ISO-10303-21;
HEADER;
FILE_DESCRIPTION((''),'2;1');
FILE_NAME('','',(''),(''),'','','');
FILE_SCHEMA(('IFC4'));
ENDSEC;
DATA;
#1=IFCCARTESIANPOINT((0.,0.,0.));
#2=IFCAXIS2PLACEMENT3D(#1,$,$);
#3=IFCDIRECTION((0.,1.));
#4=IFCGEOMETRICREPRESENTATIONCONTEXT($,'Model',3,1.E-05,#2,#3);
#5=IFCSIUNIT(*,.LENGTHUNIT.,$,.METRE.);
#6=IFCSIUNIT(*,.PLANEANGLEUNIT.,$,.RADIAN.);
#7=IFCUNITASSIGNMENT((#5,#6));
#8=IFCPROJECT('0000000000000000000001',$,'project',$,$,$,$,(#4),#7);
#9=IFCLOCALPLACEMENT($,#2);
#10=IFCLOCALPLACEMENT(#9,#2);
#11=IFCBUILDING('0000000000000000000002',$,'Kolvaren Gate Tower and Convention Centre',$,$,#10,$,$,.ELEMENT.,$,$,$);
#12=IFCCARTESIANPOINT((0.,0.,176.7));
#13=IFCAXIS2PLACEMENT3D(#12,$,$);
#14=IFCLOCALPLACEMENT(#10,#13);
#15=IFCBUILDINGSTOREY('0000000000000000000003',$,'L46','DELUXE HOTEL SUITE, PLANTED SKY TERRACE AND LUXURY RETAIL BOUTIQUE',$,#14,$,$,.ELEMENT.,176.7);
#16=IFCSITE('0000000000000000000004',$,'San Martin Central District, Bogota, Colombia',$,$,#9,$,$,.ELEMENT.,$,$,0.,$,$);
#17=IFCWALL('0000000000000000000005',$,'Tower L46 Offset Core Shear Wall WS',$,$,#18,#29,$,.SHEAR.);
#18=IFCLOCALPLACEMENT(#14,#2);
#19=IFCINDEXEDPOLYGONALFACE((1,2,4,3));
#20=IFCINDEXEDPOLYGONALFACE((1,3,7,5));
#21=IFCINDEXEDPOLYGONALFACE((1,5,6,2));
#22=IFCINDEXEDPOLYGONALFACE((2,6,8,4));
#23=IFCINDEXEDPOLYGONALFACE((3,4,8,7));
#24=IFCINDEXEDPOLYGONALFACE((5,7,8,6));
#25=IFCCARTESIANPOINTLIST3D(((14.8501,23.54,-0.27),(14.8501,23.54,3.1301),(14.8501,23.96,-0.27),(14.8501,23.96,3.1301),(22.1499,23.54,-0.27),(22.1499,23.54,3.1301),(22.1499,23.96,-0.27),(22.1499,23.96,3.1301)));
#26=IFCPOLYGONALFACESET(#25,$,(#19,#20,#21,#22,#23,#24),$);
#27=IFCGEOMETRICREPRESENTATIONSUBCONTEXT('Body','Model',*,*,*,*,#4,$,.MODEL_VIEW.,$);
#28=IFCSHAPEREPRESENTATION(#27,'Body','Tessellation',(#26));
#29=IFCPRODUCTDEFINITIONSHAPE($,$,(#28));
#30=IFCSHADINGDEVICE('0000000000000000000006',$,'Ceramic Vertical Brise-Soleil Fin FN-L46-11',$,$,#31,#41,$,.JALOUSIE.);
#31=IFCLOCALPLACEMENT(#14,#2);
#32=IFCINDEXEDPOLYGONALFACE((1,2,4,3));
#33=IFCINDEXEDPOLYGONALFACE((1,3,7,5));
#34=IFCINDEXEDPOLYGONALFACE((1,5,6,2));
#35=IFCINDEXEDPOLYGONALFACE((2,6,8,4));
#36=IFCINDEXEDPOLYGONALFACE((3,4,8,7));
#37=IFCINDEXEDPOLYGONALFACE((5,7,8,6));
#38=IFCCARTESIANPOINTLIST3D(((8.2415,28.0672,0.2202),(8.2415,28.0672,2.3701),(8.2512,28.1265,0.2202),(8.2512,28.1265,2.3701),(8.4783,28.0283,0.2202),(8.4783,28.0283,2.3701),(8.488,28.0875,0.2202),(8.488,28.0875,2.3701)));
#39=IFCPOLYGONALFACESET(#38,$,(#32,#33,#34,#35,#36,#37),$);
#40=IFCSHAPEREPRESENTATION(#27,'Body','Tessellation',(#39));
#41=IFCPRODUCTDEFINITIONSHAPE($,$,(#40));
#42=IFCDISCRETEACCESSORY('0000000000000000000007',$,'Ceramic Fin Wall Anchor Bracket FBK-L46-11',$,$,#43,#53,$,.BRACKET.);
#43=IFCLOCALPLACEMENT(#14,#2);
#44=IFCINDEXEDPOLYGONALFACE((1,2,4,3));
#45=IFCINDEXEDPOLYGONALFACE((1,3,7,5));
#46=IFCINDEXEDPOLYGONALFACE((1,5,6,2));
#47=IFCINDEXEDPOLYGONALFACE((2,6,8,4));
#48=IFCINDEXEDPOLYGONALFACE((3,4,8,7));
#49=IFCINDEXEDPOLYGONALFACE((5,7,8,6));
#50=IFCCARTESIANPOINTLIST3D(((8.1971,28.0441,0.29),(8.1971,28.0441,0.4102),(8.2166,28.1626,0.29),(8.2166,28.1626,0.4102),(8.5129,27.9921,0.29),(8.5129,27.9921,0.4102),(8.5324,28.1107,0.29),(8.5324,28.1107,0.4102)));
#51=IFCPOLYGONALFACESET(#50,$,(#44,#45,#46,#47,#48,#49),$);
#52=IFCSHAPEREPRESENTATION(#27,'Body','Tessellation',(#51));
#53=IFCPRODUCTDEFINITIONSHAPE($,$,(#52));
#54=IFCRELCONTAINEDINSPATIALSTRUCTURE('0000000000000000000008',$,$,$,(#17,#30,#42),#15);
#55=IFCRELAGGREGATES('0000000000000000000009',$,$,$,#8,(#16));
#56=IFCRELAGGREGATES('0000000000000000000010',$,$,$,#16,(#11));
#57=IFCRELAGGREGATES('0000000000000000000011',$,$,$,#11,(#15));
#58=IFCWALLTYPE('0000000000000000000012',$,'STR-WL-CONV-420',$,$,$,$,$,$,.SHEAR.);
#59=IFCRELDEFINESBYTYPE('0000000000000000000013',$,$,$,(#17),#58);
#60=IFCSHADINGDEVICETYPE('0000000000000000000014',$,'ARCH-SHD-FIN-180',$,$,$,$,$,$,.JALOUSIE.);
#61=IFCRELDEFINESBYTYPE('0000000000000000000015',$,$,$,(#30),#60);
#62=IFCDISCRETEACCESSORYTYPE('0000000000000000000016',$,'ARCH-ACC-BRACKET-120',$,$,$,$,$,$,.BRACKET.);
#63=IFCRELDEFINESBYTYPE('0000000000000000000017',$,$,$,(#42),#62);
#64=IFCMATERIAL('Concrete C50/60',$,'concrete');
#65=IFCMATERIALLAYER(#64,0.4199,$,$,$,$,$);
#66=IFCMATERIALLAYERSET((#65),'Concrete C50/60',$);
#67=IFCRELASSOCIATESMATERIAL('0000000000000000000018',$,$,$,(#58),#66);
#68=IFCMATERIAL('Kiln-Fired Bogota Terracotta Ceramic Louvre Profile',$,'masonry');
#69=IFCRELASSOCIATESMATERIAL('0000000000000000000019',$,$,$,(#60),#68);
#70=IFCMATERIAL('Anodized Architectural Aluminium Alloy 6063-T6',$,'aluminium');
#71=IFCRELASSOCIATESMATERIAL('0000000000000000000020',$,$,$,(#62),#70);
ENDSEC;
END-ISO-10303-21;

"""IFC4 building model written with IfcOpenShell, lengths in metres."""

from ifc_helpers import new_model, si_unit, direction, frame, frame_2d, origin, origin_2d, place, context, subcontext, project, spatial, rectangle, extrude, material, layer, layer_set, type_object, element, save


model = new_model("IFC4")

# Units and contexts
model_context = context("Model", 3, precision=1e-05, world=origin(), true_north=direction((0.0, 1.0)))
body_context = subcontext(model_context, "Body", "Model", "MODEL_VIEW")
ifc_project = project(units=[si_unit("LENGTHUNIT", "METRE"), si_unit("PLANEANGLEUNIT", "RADIAN")], contexts=[model_context])

# Site, building, storey
site_placement = place(None, origin())
site = spatial("IfcSite", under=ifc_project, at=site_placement, Name="San Martin Central District, Bogota, Colombia", CompositionType="ELEMENT", RefElevation=0.0)
building_placement = place(site_placement, origin())
building = spatial("IfcBuilding", under=site, at=building_placement, Name="Kolvaren Gate Tower and Convention Centre", CompositionType="ELEMENT")
storey_placement = place(building_placement, frame((0.0, 0.0, 176.7)))
storey = spatial("IfcBuildingStorey", under=building, at=storey_placement, Name="L46", Description="DELUXE HOTEL SUITE, PLANTED SKY TERRACE AND LUXURY RETAIL BOUTIQUE", CompositionType="ELEMENT", Elevation=176.7)

# Wall
ifc_material_1 = material(Name="Concrete C50/60", Category="concrete")
ifc_layer_1 = layer(ifc_material_1, 0.4199)
ifc_layer_set_1 = layer_set([ifc_layer_1], Name="Concrete C50/60")
wall_type_1 = type_object("IfcWallType", Name="STR-WL-CONV-420", PredefinedType="SHEAR", material=ifc_layer_set_1)
for number, where, z_axis, x_axis, name in (
    (1, (14.8501, 23.75, -0.27), (0.0, 0.0, 1.0), (1.0, 0.0, 0.0), "Tower L46 Offset Core Shear Wall WS"),
):
    element("IfcWall", number, at=place(storey_placement, frame(where, z_axis=z_axis, x_axis=x_axis)), inside=storey, type_object=wall_type_1, Name=name, PredefinedType="SHEAR", context=body_context, shape_type="SweptSolid", body=[
        extrude(rectangle(XDim=7.2998, YDim=0.4199, at=frame_2d((3.6499, 0.0))), origin(), (0.0, 0.0, 1.0), 3.4001),
    ])

# Shading device
ifc_material_2 = material(Name="Kiln-Fired Bogota Terracotta Ceramic Louvre Profile", Category="masonry")
shading_device_type = type_object("IfcShadingDeviceType", Name="ARCH-SHD-FIN-180", PredefinedType="JALOUSIE", material=ifc_material_2)
shading_device_placement = place(storey_placement, frame((8.3647, 28.0774, 0.2202), z_axis=(0.0, 0.0, 1.0), x_axis=(0.162381, 0.986728, 0.0)))
element("IfcShadingDevice", 2, at=shading_device_placement, inside=storey, type_object=shading_device_type, Name="Ceramic Vertical Brise-Soleil Fin FN-L46-11", PredefinedType="JALOUSIE", context=body_context, shape_type="SweptSolid", body=[
    extrude(rectangle(XDim=0.0601, YDim=0.24, at=origin_2d()), origin(), (0.0, 0.0, 1.0), 2.1499),
])

# Discrete accessory
ifc_material_3 = material(Name="Anodized Architectural Aluminium Alloy 6063-T6", Category="aluminium")
discrete_accessory_type = type_object("IfcDiscreteAccessoryType", Name="ARCH-ACC-BRACKET-120", PredefinedType="BRACKET", material=ifc_material_3)
discrete_accessory_placement = place(storey_placement, frame((8.3647, 28.0774, 0.29), z_axis=(0.0, 0.0, 1.0), x_axis=(0.162381, 0.986728, 0.0)))
element("IfcDiscreteAccessory", 3, at=discrete_accessory_placement, inside=storey, type_object=discrete_accessory_type, Name="Ceramic Fin Wall Anchor Bracket FBK-L46-11", PredefinedType="BRACKET", context=body_context, shape_type="SweptSolid", body=[
    extrude(rectangle(XDim=0.1201, YDim=0.3201, at=origin_2d()), origin(), (0.0, 0.0, 1.0), 0.1201),
])

save(model, "model.ifc")
